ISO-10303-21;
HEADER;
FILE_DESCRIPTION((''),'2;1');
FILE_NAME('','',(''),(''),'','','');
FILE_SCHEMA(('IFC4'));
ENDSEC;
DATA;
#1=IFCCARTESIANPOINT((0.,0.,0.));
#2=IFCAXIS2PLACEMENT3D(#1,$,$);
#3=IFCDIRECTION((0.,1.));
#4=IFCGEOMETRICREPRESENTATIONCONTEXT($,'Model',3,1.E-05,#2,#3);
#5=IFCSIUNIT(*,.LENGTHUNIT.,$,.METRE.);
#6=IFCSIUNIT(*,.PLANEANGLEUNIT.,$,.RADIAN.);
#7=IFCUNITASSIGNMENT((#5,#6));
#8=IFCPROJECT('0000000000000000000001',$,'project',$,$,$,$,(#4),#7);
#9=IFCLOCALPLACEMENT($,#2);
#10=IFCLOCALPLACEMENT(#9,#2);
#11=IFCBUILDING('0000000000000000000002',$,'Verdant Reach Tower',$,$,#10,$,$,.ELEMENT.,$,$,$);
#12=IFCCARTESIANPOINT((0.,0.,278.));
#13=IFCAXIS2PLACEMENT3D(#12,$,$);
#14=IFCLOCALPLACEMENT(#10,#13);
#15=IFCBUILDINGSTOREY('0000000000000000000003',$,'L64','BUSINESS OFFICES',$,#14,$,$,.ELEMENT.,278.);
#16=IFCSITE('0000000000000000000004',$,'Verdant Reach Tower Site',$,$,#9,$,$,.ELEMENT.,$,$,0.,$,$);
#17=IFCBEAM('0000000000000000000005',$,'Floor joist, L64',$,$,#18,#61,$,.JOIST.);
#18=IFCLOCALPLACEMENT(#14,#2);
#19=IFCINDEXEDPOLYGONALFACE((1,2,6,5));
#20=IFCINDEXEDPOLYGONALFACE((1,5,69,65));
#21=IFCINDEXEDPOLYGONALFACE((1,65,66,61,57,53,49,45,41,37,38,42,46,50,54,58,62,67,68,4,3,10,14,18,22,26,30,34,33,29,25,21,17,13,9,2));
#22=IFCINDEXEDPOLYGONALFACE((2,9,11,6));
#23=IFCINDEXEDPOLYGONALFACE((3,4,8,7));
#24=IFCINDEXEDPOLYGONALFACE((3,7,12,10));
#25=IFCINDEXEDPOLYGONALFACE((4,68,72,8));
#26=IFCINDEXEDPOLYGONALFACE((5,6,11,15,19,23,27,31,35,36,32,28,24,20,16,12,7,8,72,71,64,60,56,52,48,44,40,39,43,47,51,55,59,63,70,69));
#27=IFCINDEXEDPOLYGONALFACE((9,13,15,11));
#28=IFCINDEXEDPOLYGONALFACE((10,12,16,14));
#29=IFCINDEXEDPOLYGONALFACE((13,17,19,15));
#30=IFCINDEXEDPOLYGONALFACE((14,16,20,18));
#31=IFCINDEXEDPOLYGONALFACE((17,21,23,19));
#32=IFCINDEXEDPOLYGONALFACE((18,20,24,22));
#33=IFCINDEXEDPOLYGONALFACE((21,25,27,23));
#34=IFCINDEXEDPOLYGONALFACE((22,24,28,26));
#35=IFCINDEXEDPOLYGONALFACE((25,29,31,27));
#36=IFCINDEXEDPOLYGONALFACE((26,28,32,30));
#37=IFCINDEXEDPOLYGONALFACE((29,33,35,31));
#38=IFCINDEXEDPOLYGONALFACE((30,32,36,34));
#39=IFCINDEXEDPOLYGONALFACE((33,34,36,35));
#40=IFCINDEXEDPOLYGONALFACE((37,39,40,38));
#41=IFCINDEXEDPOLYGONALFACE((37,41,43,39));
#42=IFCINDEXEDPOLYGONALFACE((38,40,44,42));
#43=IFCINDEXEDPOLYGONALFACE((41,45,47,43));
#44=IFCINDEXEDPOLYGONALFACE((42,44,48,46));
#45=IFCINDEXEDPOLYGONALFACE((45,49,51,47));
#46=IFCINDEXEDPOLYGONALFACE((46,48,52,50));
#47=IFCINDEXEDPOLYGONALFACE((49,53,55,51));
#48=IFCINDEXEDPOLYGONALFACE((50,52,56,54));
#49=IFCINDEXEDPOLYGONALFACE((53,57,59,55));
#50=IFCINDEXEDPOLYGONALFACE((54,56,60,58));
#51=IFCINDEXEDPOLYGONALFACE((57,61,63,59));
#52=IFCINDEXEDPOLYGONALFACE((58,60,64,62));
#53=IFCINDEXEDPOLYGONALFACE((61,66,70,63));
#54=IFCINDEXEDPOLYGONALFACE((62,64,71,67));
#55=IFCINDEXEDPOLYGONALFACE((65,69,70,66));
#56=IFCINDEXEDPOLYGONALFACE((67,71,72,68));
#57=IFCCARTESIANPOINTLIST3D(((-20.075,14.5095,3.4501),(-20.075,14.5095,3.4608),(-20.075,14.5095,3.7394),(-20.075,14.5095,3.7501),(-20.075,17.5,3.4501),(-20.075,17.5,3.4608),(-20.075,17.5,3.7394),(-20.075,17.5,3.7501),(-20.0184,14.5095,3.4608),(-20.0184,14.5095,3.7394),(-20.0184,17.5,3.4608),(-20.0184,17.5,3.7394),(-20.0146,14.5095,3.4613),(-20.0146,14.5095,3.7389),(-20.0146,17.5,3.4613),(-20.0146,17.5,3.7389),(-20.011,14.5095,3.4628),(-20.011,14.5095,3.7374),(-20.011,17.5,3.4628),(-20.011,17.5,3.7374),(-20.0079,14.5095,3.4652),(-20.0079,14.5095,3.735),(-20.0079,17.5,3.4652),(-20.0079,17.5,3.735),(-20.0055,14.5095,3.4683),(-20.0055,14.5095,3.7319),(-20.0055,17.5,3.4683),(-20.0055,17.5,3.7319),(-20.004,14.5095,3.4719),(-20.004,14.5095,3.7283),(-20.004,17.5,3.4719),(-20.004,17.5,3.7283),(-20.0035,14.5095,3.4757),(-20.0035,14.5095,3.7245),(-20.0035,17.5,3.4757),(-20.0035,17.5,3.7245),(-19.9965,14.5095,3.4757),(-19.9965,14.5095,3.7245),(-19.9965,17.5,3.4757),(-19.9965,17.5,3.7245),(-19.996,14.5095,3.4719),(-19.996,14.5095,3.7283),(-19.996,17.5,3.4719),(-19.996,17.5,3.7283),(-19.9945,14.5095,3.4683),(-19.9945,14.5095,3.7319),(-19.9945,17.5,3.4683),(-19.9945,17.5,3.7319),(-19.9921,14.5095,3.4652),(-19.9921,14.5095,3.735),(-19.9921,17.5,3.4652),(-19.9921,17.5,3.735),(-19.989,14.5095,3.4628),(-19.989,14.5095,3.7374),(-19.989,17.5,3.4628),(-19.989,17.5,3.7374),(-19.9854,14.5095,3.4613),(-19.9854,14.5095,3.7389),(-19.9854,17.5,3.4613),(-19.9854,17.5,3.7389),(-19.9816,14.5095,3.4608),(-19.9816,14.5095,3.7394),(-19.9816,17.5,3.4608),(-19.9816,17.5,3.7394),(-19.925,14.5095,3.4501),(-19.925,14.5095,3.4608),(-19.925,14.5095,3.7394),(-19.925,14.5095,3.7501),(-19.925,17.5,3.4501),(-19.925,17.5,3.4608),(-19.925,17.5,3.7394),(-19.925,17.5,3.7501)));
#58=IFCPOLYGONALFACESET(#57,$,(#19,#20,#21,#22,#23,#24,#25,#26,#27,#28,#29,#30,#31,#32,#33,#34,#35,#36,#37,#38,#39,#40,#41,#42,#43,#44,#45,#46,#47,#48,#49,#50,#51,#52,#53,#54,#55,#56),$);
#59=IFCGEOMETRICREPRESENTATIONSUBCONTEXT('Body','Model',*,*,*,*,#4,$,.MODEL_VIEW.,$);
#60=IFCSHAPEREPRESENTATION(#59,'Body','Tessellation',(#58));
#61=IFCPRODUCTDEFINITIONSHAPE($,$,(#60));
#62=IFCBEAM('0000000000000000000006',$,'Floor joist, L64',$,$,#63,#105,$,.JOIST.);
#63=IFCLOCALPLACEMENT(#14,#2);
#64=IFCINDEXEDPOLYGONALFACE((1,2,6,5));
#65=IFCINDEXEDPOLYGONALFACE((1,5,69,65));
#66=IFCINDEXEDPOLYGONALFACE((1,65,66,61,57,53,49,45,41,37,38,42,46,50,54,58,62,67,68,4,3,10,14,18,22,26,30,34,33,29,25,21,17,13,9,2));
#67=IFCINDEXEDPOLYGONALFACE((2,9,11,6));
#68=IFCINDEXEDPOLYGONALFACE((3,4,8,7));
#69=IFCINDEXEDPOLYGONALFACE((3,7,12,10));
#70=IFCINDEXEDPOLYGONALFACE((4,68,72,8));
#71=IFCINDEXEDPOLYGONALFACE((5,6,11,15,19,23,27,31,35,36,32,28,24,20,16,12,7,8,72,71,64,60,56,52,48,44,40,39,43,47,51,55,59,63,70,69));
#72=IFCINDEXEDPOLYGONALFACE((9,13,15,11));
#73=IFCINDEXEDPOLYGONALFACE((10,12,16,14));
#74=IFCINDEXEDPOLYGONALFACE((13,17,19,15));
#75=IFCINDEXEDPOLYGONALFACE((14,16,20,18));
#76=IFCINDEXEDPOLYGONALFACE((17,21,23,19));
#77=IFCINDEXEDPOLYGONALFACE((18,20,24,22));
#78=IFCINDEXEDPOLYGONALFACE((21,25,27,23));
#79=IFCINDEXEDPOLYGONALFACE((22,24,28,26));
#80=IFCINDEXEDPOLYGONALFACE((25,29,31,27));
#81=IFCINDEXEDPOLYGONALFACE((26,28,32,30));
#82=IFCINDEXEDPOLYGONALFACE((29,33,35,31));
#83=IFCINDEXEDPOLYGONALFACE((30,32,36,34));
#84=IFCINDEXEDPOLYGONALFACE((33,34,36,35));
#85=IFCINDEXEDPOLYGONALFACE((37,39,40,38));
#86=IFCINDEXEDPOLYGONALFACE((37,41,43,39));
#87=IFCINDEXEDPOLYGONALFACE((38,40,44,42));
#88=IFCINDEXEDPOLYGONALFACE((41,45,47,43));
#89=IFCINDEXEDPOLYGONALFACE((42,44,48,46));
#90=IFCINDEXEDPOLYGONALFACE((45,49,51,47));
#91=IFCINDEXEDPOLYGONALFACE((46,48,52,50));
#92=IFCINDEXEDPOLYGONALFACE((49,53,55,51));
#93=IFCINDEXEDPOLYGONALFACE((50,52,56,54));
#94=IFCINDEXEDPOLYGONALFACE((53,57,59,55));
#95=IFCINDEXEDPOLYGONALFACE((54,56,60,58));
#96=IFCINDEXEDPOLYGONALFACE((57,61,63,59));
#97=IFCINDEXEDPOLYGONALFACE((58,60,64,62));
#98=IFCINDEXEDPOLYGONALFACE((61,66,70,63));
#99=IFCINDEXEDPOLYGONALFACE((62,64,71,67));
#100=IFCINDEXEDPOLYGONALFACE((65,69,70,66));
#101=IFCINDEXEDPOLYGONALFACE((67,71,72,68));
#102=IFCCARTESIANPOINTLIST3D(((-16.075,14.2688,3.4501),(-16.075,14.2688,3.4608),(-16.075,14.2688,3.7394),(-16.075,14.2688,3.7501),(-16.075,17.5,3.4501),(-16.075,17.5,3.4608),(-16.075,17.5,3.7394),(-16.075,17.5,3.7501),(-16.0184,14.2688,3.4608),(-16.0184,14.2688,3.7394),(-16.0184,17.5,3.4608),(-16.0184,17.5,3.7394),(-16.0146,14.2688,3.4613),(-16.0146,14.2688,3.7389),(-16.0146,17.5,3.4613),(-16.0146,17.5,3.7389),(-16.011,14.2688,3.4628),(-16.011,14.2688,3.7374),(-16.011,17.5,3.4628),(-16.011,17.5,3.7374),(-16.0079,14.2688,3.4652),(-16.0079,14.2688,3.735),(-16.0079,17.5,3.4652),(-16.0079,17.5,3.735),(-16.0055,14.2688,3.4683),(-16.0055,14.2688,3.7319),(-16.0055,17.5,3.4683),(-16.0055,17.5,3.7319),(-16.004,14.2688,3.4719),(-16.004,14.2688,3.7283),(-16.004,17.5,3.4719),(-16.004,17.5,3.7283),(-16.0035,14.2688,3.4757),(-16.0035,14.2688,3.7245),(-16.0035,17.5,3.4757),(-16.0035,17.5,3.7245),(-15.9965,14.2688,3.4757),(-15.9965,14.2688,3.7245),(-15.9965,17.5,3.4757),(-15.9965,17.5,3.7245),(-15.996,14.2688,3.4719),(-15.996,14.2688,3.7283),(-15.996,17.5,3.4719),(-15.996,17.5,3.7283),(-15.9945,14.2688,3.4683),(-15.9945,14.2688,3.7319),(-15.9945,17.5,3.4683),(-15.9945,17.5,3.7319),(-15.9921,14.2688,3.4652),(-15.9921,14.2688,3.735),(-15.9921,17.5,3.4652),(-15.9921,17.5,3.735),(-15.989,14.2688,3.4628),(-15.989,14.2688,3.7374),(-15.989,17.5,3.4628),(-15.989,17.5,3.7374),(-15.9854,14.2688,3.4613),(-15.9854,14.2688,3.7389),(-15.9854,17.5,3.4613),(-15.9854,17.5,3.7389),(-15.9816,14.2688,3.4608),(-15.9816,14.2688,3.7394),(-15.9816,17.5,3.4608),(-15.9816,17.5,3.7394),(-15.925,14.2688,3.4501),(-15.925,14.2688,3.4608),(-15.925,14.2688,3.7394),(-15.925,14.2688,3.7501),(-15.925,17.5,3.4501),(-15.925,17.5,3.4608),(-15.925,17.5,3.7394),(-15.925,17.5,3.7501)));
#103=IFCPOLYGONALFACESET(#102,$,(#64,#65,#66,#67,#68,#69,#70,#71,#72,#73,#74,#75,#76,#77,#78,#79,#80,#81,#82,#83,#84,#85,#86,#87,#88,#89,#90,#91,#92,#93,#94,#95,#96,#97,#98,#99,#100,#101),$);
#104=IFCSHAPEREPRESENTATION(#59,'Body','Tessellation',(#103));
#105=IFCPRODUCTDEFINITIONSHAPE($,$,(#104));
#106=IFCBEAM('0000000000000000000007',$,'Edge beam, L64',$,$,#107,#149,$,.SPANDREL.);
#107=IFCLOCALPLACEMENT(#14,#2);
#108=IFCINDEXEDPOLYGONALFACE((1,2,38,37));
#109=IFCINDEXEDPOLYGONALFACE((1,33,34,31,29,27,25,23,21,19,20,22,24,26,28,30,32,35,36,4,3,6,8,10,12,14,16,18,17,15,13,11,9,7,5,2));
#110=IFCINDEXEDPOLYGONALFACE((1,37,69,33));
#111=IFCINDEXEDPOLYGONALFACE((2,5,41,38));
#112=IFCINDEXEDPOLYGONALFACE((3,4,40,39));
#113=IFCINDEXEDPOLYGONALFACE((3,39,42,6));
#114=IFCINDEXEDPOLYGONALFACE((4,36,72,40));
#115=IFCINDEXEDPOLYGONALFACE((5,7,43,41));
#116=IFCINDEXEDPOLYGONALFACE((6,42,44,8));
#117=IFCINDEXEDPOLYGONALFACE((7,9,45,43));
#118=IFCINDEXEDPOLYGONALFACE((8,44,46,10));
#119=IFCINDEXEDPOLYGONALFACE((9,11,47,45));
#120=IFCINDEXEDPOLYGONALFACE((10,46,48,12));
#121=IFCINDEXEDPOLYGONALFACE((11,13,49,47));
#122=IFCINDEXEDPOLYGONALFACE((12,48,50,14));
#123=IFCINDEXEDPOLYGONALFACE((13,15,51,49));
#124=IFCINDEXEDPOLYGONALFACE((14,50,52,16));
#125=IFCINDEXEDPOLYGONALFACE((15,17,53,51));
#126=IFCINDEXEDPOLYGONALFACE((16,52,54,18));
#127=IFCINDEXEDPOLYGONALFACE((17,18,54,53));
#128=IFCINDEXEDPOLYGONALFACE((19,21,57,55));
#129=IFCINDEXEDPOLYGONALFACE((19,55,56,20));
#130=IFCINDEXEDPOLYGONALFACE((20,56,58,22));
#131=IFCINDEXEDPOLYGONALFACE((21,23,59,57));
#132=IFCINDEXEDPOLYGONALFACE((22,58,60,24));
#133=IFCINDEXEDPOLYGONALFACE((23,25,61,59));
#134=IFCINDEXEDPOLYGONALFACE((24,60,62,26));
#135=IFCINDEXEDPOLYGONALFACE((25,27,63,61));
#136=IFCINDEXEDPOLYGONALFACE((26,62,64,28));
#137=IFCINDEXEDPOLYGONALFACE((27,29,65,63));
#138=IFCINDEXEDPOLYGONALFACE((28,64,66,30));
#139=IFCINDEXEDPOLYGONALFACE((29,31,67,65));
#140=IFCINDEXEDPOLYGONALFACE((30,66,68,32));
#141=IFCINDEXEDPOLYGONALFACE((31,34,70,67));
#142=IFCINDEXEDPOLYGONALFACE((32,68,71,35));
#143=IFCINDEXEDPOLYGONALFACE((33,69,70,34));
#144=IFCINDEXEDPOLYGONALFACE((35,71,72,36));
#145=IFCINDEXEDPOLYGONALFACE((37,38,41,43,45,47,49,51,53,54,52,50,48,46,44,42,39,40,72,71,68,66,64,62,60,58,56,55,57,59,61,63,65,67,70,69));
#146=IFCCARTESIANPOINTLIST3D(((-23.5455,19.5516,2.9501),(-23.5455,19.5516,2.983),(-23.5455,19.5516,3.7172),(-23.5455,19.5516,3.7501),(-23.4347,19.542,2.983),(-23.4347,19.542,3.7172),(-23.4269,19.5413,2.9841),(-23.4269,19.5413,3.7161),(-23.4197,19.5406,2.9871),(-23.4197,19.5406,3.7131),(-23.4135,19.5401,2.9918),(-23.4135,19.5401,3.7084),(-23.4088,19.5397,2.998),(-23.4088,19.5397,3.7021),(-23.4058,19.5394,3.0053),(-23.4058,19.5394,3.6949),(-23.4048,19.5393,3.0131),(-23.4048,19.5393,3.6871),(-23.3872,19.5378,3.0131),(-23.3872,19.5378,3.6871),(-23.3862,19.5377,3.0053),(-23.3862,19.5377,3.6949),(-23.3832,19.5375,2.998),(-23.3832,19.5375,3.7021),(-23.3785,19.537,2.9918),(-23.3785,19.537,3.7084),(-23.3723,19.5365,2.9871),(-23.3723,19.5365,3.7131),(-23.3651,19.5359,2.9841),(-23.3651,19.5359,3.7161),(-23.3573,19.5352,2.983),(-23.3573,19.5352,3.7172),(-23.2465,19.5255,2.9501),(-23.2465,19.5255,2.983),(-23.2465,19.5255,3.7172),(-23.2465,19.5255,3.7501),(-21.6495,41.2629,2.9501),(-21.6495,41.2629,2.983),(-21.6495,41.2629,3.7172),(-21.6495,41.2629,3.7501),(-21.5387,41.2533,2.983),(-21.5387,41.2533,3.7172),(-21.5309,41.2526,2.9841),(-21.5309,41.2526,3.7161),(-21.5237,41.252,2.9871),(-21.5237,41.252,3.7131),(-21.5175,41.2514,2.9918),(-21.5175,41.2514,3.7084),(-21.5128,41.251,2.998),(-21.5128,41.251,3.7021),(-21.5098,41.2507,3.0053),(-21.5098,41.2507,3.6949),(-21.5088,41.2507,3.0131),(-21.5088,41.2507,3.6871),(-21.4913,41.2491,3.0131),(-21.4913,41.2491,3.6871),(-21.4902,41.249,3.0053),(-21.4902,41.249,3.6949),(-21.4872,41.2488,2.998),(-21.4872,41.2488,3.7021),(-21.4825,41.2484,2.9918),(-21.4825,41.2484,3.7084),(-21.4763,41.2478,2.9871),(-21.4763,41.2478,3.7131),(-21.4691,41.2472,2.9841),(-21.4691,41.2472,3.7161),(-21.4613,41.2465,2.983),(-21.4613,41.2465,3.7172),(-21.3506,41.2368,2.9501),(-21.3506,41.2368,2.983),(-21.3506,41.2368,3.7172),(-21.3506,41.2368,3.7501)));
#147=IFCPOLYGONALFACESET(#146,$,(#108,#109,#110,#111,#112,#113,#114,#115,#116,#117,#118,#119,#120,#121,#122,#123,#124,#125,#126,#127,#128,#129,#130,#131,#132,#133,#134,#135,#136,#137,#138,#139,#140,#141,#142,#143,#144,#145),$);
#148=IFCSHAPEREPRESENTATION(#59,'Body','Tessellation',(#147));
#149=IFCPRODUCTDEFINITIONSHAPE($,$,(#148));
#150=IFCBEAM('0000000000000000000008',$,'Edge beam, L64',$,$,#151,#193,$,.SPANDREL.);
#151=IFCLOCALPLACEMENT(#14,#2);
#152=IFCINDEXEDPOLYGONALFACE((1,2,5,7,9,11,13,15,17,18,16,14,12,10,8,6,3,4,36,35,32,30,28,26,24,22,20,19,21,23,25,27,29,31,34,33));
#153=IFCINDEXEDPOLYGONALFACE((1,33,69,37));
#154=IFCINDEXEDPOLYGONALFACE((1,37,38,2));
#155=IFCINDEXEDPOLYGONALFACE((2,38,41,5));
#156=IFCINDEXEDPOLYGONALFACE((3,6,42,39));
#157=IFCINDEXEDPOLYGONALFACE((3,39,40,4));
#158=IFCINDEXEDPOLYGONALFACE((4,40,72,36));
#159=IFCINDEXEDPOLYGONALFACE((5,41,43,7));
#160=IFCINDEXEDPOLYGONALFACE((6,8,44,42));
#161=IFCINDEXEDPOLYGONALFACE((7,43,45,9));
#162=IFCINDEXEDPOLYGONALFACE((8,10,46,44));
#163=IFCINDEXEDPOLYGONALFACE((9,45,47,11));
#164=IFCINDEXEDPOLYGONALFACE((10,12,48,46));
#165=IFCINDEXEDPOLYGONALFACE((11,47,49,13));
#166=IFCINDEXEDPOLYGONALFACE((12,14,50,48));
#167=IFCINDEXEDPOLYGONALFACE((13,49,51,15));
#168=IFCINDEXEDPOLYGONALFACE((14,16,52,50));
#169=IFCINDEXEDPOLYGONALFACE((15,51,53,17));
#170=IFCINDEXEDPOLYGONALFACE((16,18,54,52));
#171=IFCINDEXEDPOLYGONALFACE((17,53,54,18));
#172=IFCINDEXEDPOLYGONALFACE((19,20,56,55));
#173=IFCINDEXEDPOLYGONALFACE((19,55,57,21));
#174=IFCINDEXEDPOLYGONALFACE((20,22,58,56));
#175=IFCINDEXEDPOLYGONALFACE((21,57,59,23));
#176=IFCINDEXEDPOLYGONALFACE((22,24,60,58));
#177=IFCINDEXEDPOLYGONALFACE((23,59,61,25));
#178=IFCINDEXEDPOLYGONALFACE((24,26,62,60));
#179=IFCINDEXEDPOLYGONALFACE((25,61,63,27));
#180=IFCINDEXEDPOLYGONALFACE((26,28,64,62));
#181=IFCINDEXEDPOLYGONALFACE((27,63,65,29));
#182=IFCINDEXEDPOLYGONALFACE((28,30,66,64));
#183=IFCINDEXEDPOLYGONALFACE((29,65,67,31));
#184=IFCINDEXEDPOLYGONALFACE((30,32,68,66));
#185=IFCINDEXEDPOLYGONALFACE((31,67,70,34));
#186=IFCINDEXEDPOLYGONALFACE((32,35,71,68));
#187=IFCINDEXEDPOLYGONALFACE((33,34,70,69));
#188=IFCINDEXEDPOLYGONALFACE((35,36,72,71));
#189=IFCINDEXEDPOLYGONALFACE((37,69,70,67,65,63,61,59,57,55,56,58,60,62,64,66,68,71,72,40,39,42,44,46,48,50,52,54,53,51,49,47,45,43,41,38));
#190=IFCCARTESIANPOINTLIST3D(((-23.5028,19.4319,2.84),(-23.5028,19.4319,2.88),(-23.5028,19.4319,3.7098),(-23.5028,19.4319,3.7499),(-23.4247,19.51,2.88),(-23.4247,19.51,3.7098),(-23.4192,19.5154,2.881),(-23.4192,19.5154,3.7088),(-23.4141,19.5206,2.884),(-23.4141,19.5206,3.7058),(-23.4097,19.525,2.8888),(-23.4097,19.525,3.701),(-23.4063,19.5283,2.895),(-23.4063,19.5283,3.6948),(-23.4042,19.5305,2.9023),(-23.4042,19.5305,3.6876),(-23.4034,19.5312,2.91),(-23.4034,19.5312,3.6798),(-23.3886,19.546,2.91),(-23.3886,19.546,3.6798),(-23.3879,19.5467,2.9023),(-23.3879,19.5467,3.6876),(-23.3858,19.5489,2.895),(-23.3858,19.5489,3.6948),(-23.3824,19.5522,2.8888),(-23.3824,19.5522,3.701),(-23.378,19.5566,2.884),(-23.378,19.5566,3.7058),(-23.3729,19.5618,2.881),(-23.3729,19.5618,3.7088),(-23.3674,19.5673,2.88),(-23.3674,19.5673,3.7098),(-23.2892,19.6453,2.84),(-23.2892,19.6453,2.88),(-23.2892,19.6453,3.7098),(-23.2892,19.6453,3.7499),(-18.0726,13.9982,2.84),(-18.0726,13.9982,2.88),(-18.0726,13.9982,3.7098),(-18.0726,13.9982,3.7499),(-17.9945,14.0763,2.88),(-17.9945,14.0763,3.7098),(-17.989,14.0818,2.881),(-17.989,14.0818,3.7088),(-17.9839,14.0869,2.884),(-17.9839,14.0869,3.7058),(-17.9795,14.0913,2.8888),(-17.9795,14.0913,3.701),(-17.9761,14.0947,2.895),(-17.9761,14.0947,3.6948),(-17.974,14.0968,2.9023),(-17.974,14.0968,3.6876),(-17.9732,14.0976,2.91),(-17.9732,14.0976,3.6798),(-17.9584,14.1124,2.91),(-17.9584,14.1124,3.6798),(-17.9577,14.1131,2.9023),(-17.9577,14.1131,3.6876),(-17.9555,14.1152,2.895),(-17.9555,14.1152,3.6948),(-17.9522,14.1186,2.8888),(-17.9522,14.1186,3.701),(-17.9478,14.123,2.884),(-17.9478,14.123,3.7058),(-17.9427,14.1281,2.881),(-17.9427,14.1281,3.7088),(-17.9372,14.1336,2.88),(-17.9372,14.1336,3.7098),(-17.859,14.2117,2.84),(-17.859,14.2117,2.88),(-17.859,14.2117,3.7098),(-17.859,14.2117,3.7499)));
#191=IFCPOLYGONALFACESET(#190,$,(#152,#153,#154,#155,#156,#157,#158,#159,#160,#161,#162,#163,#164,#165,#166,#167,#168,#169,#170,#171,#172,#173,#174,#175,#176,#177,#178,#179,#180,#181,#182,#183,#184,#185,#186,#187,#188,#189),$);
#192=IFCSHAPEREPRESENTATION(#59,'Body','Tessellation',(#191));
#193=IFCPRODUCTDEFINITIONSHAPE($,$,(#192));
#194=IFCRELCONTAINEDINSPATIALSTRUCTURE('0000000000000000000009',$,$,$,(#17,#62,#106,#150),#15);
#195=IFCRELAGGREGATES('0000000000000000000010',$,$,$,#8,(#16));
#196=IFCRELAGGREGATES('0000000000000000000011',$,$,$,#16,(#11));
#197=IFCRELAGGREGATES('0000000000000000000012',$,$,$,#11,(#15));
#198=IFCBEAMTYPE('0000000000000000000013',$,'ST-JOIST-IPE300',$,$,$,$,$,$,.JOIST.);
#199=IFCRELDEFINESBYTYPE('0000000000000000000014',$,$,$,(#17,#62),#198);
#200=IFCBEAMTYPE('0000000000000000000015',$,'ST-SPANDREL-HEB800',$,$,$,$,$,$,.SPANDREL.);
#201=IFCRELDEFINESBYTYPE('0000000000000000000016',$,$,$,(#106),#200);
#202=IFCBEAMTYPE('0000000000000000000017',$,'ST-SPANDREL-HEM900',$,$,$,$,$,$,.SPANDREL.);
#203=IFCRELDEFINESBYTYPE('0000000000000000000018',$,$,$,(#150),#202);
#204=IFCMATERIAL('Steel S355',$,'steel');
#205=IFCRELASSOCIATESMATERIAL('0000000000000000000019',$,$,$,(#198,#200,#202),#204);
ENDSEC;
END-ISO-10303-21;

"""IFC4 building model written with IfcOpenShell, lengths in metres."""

from ifc_helpers import new_model, si_unit, direction, frame, origin, origin_2d, place, context, subcontext, project, spatial, i_section, extrude, material, material_profile, profile_set, type_object, element, save


model = new_model("IFC4")

# Units and contexts
model_context = context("Model", 3, precision=1e-05, world=origin(), true_north=direction((0.0, 1.0)))
body_context = subcontext(model_context, "Body", "Model", "MODEL_VIEW")
ifc_project = project(units=[si_unit("LENGTHUNIT", "METRE"), si_unit("PLANEANGLEUNIT", "RADIAN")], contexts=[model_context])

# Site, building, storey
site_placement = place(None, origin())
site = spatial("IfcSite", under=ifc_project, at=site_placement, Name="Verdant Reach Tower Site", CompositionType="ELEMENT", RefElevation=0.0)
building_placement = place(site_placement, origin())
building = spatial("IfcBuilding", under=site, at=building_placement, Name="Verdant Reach Tower", CompositionType="ELEMENT")
storey_placement = place(building_placement, frame((0.0, 0.0, 278.0)))
storey = spatial("IfcBuildingStorey", under=building, at=storey_placement, Name="L64", Description="BUSINESS OFFICES", CompositionType="ELEMENT", Elevation=278.0)

# Beams
ifc_material_1 = material(Name="Steel S355", Category="steel")
ifc_material_profile_1 = material_profile(ifc_material_1, i_section(OverallWidth=0.1499, OverallDepth=0.3, WebThickness=0.0071, FlangeThickness=0.0107, FilletRadius=0.0149, at=origin_2d()), Name="IPE 300")
ifc_profile_set_1 = profile_set([ifc_material_profile_1], Name="Steel S355")
beam_type_1 = type_object("IfcBeamType", Name="ST-JOIST-IPE300", PredefinedType="JOIST", material=ifc_profile_set_1)
beam_1_placement = place(storey_placement, frame((-20.0, 17.5, 3.6001), z_axis=(0.0, -1.0, 0.0), x_axis=(1.0, 0.0, 0.0)))
element("IfcBeam", 1, at=beam_1_placement, inside=storey, type_object=beam_type_1, Name="Floor joist, L64", PredefinedType="JOIST", context=body_context, shape_type="SweptSolid", body=[
    extrude(i_section(OverallWidth=0.1499, OverallDepth=0.3, WebThickness=0.0071, FlangeThickness=0.0107, FilletRadius=0.0149, at=origin_2d()), origin(), (0.0, 0.0, 1.0), 2.9905),
])
beam_2_placement = place(storey_placement, frame((-16.0, 17.5, 3.6001), z_axis=(0.0, -1.0, 0.0), x_axis=(1.0, 0.0, 0.0)))
element("IfcBeam", 2, at=beam_2_placement, inside=storey, type_object=beam_type_1, Name="Floor joist, L64", PredefinedType="JOIST", context=body_context, shape_type="SweptSolid", body=[
    extrude(i_section(OverallWidth=0.1499, OverallDepth=0.3, WebThickness=0.0071, FlangeThickness=0.0107, FilletRadius=0.0149, at=origin_2d()), origin(), (0.0, 0.0, 1.0), 3.2312),
])
ifc_material_profile_2 = material_profile(ifc_material_1, i_section(OverallWidth=0.3, OverallDepth=0.8, WebThickness=0.0176, FlangeThickness=0.033, FilletRadius=0.03, at=origin_2d()), Name="HEB 800")
ifc_profile_set_2 = profile_set([ifc_material_profile_2], Name="Steel S355")
beam_type_2 = type_object("IfcBeamType", Name="ST-SPANDREL-HEB800", PredefinedType="SPANDREL", material=ifc_profile_set_2)
beam_3_placement = place(storey_placement, frame((-23.396, 19.5386, 3.3501), z_axis=(0.086996, 0.996209, 0.0), x_axis=(-0.996209, 0.086996, 0.0)))
element("IfcBeam", 3, at=beam_3_placement, inside=storey, type_object=beam_type_2, Name="Edge beam, L64", PredefinedType="SPANDREL", context=body_context, shape_type="SweptSolid", body=[
    extrude(i_section(OverallWidth=0.3, OverallDepth=0.8, WebThickness=0.0176, FlangeThickness=0.033, FilletRadius=0.03, at=origin_2d()), origin(), (0.0, 0.0, 1.0), 21.7939),
])
ifc_material_profile_3 = material_profile(ifc_material_1, i_section(OverallWidth=0.302, OverallDepth=0.9099, WebThickness=0.021, FlangeThickness=0.04, FilletRadius=0.03, at=origin_2d()), Name="HEM 900")
ifc_profile_set_3 = profile_set([ifc_material_profile_3], Name="Steel S355")
beam_type_3 = type_object("IfcBeamType", Name="ST-SPANDREL-HEM900", PredefinedType="SPANDREL", material=ifc_profile_set_3)
beam_4_placement = place(storey_placement, frame((-17.9658, 14.105, 3.2949), z_axis=(-0.706884, 0.707329, 0.0), x_axis=(-0.707329, -0.706884, 0.0)))
element("IfcBeam", 4, at=beam_4_placement, inside=storey, type_object=beam_type_3, Name="Edge beam, L64", PredefinedType="SPANDREL", context=body_context, shape_type="SweptSolid", body=[
    extrude(i_section(OverallWidth=0.302, OverallDepth=0.9099, WebThickness=0.021, FlangeThickness=0.04, FilletRadius=0.03, at=origin_2d()), origin(), (0.0, 0.0, 1.0), 7.6819),
])

save(model, "model.ifc")
